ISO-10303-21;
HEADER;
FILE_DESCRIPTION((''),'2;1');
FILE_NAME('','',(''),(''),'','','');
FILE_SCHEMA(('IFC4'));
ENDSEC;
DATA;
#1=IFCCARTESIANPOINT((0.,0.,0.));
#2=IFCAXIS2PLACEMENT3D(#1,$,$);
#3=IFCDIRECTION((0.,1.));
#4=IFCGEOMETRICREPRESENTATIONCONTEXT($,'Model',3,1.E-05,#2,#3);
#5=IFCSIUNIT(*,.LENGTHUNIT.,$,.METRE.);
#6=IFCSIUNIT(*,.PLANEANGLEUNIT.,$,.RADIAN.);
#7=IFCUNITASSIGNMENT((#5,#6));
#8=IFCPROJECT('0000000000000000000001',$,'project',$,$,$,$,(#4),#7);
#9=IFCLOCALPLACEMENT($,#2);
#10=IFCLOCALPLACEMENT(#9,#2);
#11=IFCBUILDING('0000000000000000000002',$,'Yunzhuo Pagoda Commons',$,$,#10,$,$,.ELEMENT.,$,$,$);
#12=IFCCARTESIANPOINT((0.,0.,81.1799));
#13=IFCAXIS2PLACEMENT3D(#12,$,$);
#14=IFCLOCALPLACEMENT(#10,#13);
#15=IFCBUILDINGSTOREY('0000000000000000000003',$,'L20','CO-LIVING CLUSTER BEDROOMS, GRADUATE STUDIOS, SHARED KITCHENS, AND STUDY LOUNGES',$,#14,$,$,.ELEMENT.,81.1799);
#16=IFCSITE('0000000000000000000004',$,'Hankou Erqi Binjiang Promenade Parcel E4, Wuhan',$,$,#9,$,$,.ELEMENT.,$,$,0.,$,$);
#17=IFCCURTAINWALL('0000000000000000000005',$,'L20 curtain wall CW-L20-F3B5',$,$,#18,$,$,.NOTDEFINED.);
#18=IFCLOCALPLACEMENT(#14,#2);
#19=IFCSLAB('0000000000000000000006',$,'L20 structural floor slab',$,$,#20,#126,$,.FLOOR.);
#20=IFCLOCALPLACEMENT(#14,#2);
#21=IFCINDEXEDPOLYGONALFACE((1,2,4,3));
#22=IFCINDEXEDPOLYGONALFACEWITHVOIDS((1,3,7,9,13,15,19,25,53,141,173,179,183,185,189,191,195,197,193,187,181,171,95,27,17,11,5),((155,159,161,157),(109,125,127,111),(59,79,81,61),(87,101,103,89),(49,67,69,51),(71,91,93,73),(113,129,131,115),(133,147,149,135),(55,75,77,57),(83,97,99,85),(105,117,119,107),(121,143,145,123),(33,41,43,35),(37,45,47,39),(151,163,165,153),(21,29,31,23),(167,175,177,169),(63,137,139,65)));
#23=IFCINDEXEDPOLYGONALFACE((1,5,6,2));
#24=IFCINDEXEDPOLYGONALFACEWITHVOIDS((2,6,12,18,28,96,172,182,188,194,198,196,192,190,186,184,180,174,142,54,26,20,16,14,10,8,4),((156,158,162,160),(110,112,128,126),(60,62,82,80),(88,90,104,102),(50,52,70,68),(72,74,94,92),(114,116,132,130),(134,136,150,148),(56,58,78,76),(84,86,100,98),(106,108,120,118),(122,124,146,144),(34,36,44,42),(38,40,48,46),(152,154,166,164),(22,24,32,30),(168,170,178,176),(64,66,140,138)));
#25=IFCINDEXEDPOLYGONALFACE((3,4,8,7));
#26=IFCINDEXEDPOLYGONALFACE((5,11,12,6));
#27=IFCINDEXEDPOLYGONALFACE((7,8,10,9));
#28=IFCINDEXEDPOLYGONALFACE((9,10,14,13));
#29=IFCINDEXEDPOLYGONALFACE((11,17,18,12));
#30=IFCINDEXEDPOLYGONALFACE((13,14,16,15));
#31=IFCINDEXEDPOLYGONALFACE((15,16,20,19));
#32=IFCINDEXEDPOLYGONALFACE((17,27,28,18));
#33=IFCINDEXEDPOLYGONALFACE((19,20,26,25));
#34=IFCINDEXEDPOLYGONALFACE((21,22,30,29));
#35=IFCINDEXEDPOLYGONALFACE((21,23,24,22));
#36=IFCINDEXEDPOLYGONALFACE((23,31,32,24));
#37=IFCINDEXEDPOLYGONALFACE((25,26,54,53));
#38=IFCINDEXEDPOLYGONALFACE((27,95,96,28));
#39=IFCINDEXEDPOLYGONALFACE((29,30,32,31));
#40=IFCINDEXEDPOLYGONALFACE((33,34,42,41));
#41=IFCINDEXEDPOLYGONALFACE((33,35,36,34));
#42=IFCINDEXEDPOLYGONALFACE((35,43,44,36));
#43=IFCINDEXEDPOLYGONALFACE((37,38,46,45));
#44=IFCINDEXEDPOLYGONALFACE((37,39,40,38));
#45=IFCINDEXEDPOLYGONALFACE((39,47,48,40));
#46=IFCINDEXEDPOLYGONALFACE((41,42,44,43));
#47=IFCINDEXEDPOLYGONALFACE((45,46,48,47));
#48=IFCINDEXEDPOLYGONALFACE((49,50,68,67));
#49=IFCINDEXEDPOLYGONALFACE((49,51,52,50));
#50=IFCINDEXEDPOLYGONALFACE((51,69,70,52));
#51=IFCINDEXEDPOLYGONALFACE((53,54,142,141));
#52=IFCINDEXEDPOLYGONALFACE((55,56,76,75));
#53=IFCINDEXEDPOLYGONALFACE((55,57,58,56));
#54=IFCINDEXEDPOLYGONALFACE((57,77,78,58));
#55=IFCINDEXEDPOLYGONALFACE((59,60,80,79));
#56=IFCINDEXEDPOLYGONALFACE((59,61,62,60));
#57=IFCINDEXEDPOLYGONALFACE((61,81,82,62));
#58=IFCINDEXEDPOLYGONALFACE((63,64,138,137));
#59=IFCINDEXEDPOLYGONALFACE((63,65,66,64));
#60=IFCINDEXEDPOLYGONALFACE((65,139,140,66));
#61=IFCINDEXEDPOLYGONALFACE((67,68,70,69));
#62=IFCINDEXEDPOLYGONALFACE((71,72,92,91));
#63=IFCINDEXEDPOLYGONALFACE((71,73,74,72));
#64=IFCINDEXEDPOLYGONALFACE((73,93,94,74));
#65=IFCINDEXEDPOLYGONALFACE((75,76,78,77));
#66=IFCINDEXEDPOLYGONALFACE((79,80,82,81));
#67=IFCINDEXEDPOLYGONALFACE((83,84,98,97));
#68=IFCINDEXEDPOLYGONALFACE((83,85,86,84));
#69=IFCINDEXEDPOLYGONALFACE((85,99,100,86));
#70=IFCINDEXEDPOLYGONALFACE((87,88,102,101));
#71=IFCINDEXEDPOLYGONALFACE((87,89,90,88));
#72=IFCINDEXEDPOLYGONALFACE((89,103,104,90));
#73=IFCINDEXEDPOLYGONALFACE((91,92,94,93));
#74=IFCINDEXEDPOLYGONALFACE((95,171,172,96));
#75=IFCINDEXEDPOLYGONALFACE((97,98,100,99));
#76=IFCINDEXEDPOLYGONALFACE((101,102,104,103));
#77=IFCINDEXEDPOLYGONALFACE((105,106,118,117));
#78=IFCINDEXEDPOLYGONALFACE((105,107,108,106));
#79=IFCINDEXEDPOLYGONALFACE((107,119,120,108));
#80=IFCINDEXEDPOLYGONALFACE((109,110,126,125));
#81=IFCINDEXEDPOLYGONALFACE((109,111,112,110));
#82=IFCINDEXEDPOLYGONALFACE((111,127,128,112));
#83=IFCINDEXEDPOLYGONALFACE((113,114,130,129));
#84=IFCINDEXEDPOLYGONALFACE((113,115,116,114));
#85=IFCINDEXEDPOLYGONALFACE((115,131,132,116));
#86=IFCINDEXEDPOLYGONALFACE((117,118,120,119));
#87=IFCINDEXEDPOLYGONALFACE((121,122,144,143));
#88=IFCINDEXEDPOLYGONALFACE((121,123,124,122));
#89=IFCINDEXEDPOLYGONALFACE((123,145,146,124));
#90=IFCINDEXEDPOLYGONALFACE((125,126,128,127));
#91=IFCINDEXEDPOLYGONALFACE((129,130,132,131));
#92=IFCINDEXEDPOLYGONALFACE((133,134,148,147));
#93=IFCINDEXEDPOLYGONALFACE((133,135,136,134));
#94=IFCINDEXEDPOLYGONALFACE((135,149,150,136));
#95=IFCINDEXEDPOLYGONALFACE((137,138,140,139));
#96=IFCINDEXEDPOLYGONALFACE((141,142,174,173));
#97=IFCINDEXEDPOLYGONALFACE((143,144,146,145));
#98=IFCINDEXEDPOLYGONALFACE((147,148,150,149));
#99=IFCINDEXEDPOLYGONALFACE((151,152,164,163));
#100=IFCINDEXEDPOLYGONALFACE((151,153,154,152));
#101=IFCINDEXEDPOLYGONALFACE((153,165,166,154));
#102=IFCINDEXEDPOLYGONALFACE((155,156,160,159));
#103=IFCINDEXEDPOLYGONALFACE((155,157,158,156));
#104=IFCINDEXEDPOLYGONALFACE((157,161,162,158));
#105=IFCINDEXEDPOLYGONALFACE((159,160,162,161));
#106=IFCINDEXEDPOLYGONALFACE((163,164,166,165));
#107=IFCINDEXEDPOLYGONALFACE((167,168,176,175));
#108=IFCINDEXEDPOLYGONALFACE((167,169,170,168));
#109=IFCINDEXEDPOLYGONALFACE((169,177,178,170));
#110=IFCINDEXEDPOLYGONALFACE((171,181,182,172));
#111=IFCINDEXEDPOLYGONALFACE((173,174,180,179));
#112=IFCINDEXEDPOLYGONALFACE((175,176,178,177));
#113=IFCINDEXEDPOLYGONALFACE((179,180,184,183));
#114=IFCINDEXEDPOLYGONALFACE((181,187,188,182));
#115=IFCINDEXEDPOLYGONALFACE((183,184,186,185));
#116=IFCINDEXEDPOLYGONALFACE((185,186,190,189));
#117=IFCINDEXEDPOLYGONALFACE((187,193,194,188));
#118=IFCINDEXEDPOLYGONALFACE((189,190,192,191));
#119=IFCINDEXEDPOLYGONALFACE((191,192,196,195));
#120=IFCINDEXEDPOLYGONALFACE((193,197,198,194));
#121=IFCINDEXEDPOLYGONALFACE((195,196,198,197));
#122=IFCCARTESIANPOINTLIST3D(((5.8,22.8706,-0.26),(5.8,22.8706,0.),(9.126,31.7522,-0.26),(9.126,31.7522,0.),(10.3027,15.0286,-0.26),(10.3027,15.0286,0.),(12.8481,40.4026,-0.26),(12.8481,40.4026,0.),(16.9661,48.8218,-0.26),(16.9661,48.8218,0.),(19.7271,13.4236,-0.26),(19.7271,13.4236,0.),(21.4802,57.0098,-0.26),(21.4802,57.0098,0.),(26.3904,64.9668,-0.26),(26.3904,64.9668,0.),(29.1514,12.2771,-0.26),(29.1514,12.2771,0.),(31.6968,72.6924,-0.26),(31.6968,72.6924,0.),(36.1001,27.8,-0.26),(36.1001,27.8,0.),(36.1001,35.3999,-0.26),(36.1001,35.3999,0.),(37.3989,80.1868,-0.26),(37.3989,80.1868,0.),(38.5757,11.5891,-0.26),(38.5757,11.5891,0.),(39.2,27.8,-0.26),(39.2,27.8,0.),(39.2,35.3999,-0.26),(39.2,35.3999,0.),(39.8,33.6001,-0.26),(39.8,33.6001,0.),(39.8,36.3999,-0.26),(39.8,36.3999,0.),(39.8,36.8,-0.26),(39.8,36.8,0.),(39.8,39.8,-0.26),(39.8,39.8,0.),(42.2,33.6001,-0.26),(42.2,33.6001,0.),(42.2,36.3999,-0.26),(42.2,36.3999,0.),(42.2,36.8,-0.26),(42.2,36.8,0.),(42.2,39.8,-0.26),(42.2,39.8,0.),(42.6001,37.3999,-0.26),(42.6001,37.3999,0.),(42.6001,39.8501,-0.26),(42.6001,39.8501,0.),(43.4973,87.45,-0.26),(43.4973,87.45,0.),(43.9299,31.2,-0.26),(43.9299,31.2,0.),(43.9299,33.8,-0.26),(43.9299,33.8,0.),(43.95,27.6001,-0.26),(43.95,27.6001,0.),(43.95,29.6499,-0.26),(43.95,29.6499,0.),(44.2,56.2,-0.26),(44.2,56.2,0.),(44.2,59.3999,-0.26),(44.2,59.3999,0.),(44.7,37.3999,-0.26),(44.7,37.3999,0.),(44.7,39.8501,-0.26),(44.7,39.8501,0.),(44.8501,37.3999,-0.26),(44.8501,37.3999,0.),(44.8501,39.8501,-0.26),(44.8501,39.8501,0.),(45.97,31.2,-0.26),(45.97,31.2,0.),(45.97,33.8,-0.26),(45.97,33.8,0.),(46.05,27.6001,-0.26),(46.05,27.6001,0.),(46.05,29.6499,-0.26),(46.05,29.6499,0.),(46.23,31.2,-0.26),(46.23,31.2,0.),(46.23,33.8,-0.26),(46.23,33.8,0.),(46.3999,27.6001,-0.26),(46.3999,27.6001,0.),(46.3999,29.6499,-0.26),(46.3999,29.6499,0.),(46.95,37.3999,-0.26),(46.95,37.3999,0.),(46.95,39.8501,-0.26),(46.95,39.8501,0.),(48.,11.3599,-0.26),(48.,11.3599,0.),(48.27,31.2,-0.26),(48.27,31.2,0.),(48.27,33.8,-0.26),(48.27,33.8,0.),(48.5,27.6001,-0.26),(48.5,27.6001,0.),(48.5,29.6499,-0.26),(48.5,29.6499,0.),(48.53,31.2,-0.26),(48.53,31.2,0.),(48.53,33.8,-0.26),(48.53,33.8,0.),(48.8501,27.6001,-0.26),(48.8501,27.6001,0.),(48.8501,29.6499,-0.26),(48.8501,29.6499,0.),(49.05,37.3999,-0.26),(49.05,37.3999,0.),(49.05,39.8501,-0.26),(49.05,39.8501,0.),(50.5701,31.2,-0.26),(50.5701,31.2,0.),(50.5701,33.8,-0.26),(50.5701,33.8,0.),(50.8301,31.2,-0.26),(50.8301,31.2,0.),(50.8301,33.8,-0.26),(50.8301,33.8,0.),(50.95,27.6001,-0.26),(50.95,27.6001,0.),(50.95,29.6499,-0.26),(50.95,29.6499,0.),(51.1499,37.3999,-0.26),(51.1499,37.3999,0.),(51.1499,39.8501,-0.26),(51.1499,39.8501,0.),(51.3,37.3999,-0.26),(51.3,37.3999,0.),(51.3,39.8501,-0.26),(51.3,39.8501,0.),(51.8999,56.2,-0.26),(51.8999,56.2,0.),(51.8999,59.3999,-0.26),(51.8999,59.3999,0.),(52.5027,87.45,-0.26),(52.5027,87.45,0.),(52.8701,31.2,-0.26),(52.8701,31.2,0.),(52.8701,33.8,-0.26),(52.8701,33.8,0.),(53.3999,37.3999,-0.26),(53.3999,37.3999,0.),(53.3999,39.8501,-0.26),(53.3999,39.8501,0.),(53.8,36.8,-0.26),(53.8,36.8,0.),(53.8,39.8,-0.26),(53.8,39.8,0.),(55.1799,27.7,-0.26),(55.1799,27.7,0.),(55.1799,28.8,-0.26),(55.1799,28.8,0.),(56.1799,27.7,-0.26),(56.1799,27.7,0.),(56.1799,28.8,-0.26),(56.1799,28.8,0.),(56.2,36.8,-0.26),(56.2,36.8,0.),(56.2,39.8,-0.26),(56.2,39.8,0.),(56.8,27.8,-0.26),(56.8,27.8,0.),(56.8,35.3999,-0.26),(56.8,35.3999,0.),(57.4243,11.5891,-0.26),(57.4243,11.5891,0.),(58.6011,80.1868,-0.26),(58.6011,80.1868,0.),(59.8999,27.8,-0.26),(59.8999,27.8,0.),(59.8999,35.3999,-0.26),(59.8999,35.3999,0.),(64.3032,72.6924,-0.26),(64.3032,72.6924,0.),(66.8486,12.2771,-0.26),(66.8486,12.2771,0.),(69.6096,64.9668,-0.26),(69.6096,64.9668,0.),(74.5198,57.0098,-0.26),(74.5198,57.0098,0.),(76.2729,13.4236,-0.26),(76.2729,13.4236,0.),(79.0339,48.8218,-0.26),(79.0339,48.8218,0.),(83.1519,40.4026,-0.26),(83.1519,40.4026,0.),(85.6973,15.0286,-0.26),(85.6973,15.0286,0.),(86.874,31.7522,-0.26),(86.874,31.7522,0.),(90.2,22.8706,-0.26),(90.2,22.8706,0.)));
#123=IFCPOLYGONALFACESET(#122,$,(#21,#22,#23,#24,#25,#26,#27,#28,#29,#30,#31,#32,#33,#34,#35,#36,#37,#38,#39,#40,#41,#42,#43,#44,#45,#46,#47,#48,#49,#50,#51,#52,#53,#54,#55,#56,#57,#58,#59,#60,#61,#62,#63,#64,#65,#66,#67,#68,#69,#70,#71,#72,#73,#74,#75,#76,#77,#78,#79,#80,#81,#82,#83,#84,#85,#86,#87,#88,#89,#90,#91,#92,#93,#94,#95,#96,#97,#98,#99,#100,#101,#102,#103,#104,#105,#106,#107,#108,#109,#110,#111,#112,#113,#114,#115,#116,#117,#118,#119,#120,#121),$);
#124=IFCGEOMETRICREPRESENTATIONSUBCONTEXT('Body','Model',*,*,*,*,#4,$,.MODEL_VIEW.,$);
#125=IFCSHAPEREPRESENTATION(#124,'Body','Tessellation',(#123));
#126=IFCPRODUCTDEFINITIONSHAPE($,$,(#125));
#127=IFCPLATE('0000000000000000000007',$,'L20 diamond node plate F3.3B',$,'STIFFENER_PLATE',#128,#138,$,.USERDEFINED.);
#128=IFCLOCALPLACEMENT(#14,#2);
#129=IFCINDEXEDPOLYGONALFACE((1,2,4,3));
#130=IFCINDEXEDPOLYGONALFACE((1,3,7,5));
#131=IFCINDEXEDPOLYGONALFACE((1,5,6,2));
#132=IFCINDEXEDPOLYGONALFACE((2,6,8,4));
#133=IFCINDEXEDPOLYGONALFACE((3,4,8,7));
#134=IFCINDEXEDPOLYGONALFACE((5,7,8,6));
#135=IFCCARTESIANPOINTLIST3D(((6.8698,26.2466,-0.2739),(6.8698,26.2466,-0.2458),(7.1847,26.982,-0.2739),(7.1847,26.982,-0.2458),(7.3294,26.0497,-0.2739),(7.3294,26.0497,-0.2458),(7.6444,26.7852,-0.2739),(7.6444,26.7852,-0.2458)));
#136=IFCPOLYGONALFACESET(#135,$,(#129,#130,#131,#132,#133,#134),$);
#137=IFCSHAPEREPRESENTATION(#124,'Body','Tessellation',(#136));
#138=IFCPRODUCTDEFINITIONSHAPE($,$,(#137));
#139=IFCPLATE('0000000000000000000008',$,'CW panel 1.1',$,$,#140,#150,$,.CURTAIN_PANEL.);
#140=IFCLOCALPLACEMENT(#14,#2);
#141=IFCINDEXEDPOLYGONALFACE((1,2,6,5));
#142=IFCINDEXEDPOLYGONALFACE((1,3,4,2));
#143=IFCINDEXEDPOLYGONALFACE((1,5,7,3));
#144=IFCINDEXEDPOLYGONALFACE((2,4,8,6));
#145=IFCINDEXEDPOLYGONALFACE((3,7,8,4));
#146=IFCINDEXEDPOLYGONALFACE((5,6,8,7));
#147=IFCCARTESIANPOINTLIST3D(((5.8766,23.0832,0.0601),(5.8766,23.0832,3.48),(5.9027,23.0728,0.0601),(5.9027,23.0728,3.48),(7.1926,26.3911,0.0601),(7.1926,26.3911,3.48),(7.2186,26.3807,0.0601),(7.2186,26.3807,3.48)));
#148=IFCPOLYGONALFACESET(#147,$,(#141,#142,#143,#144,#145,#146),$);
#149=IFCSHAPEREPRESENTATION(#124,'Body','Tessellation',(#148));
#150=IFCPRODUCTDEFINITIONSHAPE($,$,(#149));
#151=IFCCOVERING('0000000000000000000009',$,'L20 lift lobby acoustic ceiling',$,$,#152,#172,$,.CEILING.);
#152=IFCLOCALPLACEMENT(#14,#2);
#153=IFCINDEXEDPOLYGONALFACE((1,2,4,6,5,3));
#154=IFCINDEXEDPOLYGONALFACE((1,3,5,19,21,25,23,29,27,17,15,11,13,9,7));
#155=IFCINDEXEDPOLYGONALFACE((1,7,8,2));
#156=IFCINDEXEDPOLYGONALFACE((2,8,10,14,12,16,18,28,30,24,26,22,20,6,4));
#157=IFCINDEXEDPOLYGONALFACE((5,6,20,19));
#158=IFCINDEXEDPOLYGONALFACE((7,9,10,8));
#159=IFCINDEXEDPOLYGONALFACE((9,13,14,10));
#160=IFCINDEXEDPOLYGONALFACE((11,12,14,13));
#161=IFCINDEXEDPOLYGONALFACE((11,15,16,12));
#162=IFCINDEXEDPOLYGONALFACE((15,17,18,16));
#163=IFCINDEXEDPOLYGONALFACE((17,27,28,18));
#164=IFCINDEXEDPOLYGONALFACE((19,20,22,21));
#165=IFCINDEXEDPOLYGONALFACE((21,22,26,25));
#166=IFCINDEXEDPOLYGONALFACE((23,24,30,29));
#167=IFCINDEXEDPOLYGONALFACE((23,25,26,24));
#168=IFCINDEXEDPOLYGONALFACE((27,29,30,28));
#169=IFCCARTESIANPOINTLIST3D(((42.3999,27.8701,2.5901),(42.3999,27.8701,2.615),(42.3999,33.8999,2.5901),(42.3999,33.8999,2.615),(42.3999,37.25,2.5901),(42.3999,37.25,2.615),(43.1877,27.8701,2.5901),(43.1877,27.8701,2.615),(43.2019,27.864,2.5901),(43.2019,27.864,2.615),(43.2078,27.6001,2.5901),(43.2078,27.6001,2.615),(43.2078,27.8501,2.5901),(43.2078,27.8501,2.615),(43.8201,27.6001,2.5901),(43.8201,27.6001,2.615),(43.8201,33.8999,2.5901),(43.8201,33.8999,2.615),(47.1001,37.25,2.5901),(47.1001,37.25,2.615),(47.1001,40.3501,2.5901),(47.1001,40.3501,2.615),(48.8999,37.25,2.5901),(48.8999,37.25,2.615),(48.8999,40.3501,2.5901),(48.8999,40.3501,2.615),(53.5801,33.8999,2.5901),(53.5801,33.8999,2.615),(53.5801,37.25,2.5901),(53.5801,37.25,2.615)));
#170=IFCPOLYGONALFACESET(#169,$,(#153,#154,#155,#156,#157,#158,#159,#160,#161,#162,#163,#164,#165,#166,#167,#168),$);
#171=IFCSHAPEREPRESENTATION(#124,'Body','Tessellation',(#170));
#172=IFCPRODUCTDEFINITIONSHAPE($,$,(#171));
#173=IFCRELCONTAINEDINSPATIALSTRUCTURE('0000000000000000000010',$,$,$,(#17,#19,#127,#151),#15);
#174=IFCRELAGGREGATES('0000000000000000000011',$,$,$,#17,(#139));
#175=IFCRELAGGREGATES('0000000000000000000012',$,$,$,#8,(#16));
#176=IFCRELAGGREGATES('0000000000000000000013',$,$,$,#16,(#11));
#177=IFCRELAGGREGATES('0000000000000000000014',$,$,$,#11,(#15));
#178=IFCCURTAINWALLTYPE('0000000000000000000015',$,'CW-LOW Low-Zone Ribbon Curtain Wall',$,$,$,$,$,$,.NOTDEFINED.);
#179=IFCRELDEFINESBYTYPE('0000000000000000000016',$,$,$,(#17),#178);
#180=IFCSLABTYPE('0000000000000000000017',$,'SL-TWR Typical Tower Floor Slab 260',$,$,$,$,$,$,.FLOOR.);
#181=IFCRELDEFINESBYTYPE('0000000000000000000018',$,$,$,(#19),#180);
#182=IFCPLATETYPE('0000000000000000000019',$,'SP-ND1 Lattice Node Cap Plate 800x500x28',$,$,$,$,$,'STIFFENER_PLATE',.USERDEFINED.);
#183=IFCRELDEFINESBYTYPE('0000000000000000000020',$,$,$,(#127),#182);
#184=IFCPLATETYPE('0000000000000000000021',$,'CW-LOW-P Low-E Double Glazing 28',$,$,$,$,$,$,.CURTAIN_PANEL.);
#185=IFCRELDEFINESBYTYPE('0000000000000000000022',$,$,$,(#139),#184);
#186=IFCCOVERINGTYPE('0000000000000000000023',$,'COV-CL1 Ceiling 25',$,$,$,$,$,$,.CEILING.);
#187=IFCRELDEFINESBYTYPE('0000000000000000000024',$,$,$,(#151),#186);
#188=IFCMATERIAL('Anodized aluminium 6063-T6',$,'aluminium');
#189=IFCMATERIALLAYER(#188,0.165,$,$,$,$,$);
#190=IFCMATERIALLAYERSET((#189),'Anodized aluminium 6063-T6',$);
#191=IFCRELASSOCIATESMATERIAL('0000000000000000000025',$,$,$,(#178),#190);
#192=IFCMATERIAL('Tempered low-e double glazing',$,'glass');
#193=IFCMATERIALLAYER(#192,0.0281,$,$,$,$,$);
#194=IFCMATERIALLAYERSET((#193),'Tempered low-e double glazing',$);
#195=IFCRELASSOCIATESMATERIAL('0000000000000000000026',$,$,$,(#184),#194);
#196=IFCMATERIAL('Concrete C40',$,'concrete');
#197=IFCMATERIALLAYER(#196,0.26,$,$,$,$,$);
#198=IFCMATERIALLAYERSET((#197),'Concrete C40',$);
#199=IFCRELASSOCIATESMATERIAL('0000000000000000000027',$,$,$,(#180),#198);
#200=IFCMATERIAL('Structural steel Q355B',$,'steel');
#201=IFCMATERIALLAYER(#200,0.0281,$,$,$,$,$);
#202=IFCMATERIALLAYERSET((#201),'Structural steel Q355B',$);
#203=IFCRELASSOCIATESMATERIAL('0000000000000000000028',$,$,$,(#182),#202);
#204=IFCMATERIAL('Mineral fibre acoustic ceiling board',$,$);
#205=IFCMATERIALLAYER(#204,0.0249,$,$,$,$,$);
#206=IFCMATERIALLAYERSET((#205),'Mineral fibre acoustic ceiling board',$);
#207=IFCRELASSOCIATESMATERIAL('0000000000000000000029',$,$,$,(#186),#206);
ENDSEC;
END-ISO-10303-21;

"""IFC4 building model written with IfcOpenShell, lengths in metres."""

from ifc_helpers import new_model, si_unit, direction, frame, origin, origin_2d, place, context, subcontext, project, spatial, polyline, rectangle, outline, extrude, source, transform, mapped, material, layer, layer_set, type_object, element, aggregate, save


model = new_model("IFC4")

# Units and contexts
model_context = context("Model", 3, precision=1e-05, world=origin(), true_north=direction((0.0, 1.0)))
body_context = subcontext(model_context, "Body", "Model", "MODEL_VIEW")
ifc_project = project(units=[si_unit("LENGTHUNIT", "METRE"), si_unit("PLANEANGLEUNIT", "RADIAN")], contexts=[model_context])

# Site, building, storey
site_placement = place(None, origin())
site = spatial("IfcSite", under=ifc_project, at=site_placement, Name="Hankou Erqi Binjiang Promenade Parcel E4, Wuhan", CompositionType="ELEMENT", RefElevation=0.0)
building_placement = place(site_placement, origin())
building = spatial("IfcBuilding", under=site, at=building_placement, Name="Yunzhuo Pagoda Commons", CompositionType="ELEMENT")
storey_placement = place(building_placement, frame((0.0, 0.0, 81.1799)))
storey = spatial("IfcBuildingStorey", under=building, at=storey_placement, Name="L20", Description="CO-LIVING CLUSTER BEDROOMS, GRADUATE STUDIOS, SHARED KITCHENS, AND STUDY LOUNGES", CompositionType="ELEMENT", Elevation=81.1799)

# Shared definitions
ifc_material_1 = material(Name="Structural steel Q355B", Category="steel")

# Shared definitions
ifc_material_2 = material(Name="Anodized aluminium 6063-T6", Category="aluminium")
ifc_layer_1 = layer(ifc_material_2, 0.165)
ifc_layer_set_1 = layer_set([ifc_layer_1], Name="Anodized aluminium 6063-T6")
curtain_wall_type = type_object("IfcCurtainWallType", Name="CW-LOW Low-Zone Ribbon Curtain Wall", PredefinedType="NOTDEFINED", material=ifc_layer_set_1)

# Curtain wall
curtain_wall_1_placement = place(storey_placement, origin())
curtain_wall_1 = element("IfcCurtainWall", 1, at=curtain_wall_1_placement, inside=storey, type_object=curtain_wall_type, Name="L20 curtain wall CW-L20-F3B5", PredefinedType="NOTDEFINED")

# Shared definitions
ifc_material_3 = material(Name="Tempered low-e double glazing", Category="glass")
ifc_layer_2 = layer(ifc_material_3, 0.0281)
ifc_layer_set_2 = layer_set([ifc_layer_2], Name="Tempered low-e double glazing")
plate_type_1 = type_object("IfcPlateType", Name="CW-LOW-P Low-E Double Glazing 28", PredefinedType="CURTAIN_PANEL", material=ifc_layer_set_2)

# Shared definitions
ifc_material_4 = material(Name="Concrete C40", Category="concrete")

# Slab
ifc_layer_3 = layer(ifc_material_4, 0.26)
ifc_layer_set_3 = layer_set([ifc_layer_3], Name="Concrete C40")
slab_type_1 = type_object("IfcSlabType", Name="SL-TWR Typical Tower Floor Slab 260", PredefinedType="FLOOR", material=ifc_layer_set_3)
slab_1_placement = place(storey_placement, frame((0.0, 0.0, -0.26)))
element("IfcSlab", 2, at=slab_1_placement, inside=storey, type_object=slab_type_1, Name="L20 structural floor slab", PredefinedType="FLOOR", context=body_context, shape_type="SweptSolid", body=[
    extrude(outline(polyline([(9.126, 31.7522), (12.8481, 40.4026), (16.9661, 48.8218), (21.4802, 57.0098), (26.3904, 64.9668), (31.6968, 72.6924), (37.3989, 80.1868), (43.4973, 87.45), (52.5027, 87.45), (58.6011, 80.1868), (64.3032, 72.6924), (69.6096, 64.9668), (74.5198, 57.0098), (79.0339, 48.8218), (83.1519, 40.4026), (86.874, 31.7522), (90.2, 22.8706), (85.6973, 15.0286), (76.2729, 13.4236), (66.8486, 12.2771), (57.4243, 11.5891), (48.0, 11.3599), (38.5757, 11.5891), (29.1514, 12.2771), (19.7271, 13.4236), (10.3027, 15.0286), (5.8, 22.8706), (9.126, 31.7522)]), holes=[polyline([(46.05, 27.6001), (46.05, 29.6499), (43.95, 29.6499), (43.95, 27.6001), (46.05, 27.6001)]), polyline([(48.5, 27.6001), (48.5, 29.6499), (46.3999, 29.6499), (46.3999, 27.6001), (48.5, 27.6001)]), polyline([(36.1001, 27.8), (39.2, 27.8), (39.2, 35.3999), (36.1001, 35.3999), (36.1001, 27.8)]), polyline([(45.97, 31.2), (45.97, 33.8), (43.9299, 33.8), (43.9299, 31.2), (45.97, 31.2)]), polyline([(48.27, 31.2), (48.27, 33.8), (46.23, 33.8), (46.23, 31.2), (48.27, 31.2)]), polyline([(42.2, 33.6001), (42.2, 36.3999), (39.8, 36.3999), (39.8, 33.6001), (42.2, 33.6001)]), polyline([(42.2, 36.8), (42.2, 39.8), (39.8, 39.8), (39.8, 36.8), (42.2, 36.8)]), polyline([(42.6001, 37.3999), (44.7, 37.3999), (44.7, 39.8501), (42.6001, 39.8501), (42.6001, 37.3999)]), polyline([(44.8501, 37.3999), (46.95, 37.3999), (46.95, 39.8501), (44.8501, 39.8501), (44.8501, 37.3999)]), polyline([(56.1799, 27.7), (56.1799, 28.8), (55.1799, 28.8), (55.1799, 27.7), (56.1799, 27.7)]), polyline([(50.95, 27.6001), (50.95, 29.6499), (48.8501, 29.6499), (48.8501, 27.6001), (50.95, 27.6001)]), polyline([(56.8, 27.8), (59.8999, 27.8), (59.8999, 35.3999), (56.8, 35.3999), (56.8, 27.8)]), polyline([(50.5701, 31.2), (50.5701, 33.8), (48.53, 33.8), (48.53, 31.2), (50.5701, 31.2)]), polyline([(52.8701, 31.2), (52.8701, 33.8), (50.8301, 33.8), (50.8301, 31.2), (52.8701, 31.2)]), polyline([(56.2, 36.8), (56.2, 39.8), (53.8, 39.8), (53.8, 36.8), (56.2, 36.8)]), polyline([(51.1499, 37.3999), (51.1499, 39.8501), (49.05, 39.8501), (49.05, 37.3999), (51.1499, 37.3999)]), polyline([(51.3, 37.3999), (53.3999, 37.3999), (53.3999, 39.8501), (51.3, 39.8501), (51.3, 37.3999)]), polyline([(44.2, 56.2), (51.8999, 56.2), (51.8999, 59.3999), (44.2, 59.3999), (44.2, 56.2)])]), origin(), (0.0, 0.0, 1.0), 0.26),
])

# Plates
ifc_layer_4 = layer(ifc_material_1, 0.0281)
ifc_layer_set_4 = layer_set([ifc_layer_4], Name="Structural steel Q355B")
plate_type_2 = type_object("IfcPlateType", Name="SP-ND1 Lattice Node Cap Plate 800x500x28", ElementType="STIFFENER_PLATE", PredefinedType="USERDEFINED", material=ifc_layer_set_4)
shared_shape_1 = source(origin(), body_context, "Body", "SweptSolid", [
    extrude(rectangle(XDim=0.8, YDim=0.5, at=origin_2d()), origin(), (0.0, 0.0, 1.0), 0.0281),
])
plate_1_placement = place(storey_placement, frame((7.2571, 26.5159, -0.2739), z_axis=(0.0, 0.0, 1.0), x_axis=(-0.393669, -0.919252, 0.0)))
element("IfcPlate", 3, at=plate_1_placement, inside=storey, type_object=plate_type_2, Name="L20 diamond node plate F3.3B", ObjectType="STIFFENER_PLATE", PredefinedType="USERDEFINED", context=body_context, shape_type="MappedRepresentation", body=[
    mapped(shared_shape_1, transform((0.0, 0.0, 0.0), scale=1.0)),
])
shared_shape_2 = source(origin(), body_context, "Body", "SweptSolid", [
    extrude(rectangle(XDim=3.5601, YDim=0.0281, at=origin_2d()), origin(), (0.0, 0.0, 1.0), 3.4199),
])
plate_2_placement = place(storey_placement, frame((6.5476, 24.7319, 0.0601), z_axis=(0.0, 0.0, 1.0), x_axis=(-0.369652, -0.92917, 0.0)))
plate_2 = element("IfcPlate", 4, at=plate_2_placement, type_object=plate_type_1, Name="CW panel 1.1", PredefinedType="CURTAIN_PANEL", context=body_context, shape_type="MappedRepresentation", body=[
    mapped(shared_shape_2, transform((0.0, 0.0, 0.0), scale=1.0)),
])
aggregate(curtain_wall_1, [plate_2])

# Covering
ifc_material_5 = material(Name="Mineral fibre acoustic ceiling board")
ifc_layer_5 = layer(ifc_material_5, 0.0249)
ifc_layer_set_5 = layer_set([ifc_layer_5], Name="Mineral fibre acoustic ceiling board")
covering_type_1 = type_object("IfcCoveringType", Name="COV-CL1 Ceiling 25", PredefinedType="CEILING", material=ifc_layer_set_5)
covering_1_placement = place(storey_placement, frame((0.0, 0.0, 2.5901)))
element("IfcCovering", 5, at=covering_1_placement, inside=storey, type_object=covering_type_1, Name="L20 lift lobby acoustic ceiling", PredefinedType="CEILING", context=body_context, shape_type="SweptSolid", body=[
    extrude(outline(polyline([(43.2078, 27.8501), (43.2019, 27.864), (43.1877, 27.8701), (42.3999, 27.8701), (42.3999, 33.8999), (42.3999, 37.25), (47.1001, 37.25), (47.1001, 40.3501), (48.8999, 40.3501), (48.8999, 37.25), (53.5801, 37.25), (53.5801, 33.8999), (43.8201, 33.8999), (43.8201, 27.6001), (43.2078, 27.6001), (43.2078, 27.8501)])), origin(), (0.0, 0.0, 1.0), 0.0249),
])

save(model, "model.ifc")
